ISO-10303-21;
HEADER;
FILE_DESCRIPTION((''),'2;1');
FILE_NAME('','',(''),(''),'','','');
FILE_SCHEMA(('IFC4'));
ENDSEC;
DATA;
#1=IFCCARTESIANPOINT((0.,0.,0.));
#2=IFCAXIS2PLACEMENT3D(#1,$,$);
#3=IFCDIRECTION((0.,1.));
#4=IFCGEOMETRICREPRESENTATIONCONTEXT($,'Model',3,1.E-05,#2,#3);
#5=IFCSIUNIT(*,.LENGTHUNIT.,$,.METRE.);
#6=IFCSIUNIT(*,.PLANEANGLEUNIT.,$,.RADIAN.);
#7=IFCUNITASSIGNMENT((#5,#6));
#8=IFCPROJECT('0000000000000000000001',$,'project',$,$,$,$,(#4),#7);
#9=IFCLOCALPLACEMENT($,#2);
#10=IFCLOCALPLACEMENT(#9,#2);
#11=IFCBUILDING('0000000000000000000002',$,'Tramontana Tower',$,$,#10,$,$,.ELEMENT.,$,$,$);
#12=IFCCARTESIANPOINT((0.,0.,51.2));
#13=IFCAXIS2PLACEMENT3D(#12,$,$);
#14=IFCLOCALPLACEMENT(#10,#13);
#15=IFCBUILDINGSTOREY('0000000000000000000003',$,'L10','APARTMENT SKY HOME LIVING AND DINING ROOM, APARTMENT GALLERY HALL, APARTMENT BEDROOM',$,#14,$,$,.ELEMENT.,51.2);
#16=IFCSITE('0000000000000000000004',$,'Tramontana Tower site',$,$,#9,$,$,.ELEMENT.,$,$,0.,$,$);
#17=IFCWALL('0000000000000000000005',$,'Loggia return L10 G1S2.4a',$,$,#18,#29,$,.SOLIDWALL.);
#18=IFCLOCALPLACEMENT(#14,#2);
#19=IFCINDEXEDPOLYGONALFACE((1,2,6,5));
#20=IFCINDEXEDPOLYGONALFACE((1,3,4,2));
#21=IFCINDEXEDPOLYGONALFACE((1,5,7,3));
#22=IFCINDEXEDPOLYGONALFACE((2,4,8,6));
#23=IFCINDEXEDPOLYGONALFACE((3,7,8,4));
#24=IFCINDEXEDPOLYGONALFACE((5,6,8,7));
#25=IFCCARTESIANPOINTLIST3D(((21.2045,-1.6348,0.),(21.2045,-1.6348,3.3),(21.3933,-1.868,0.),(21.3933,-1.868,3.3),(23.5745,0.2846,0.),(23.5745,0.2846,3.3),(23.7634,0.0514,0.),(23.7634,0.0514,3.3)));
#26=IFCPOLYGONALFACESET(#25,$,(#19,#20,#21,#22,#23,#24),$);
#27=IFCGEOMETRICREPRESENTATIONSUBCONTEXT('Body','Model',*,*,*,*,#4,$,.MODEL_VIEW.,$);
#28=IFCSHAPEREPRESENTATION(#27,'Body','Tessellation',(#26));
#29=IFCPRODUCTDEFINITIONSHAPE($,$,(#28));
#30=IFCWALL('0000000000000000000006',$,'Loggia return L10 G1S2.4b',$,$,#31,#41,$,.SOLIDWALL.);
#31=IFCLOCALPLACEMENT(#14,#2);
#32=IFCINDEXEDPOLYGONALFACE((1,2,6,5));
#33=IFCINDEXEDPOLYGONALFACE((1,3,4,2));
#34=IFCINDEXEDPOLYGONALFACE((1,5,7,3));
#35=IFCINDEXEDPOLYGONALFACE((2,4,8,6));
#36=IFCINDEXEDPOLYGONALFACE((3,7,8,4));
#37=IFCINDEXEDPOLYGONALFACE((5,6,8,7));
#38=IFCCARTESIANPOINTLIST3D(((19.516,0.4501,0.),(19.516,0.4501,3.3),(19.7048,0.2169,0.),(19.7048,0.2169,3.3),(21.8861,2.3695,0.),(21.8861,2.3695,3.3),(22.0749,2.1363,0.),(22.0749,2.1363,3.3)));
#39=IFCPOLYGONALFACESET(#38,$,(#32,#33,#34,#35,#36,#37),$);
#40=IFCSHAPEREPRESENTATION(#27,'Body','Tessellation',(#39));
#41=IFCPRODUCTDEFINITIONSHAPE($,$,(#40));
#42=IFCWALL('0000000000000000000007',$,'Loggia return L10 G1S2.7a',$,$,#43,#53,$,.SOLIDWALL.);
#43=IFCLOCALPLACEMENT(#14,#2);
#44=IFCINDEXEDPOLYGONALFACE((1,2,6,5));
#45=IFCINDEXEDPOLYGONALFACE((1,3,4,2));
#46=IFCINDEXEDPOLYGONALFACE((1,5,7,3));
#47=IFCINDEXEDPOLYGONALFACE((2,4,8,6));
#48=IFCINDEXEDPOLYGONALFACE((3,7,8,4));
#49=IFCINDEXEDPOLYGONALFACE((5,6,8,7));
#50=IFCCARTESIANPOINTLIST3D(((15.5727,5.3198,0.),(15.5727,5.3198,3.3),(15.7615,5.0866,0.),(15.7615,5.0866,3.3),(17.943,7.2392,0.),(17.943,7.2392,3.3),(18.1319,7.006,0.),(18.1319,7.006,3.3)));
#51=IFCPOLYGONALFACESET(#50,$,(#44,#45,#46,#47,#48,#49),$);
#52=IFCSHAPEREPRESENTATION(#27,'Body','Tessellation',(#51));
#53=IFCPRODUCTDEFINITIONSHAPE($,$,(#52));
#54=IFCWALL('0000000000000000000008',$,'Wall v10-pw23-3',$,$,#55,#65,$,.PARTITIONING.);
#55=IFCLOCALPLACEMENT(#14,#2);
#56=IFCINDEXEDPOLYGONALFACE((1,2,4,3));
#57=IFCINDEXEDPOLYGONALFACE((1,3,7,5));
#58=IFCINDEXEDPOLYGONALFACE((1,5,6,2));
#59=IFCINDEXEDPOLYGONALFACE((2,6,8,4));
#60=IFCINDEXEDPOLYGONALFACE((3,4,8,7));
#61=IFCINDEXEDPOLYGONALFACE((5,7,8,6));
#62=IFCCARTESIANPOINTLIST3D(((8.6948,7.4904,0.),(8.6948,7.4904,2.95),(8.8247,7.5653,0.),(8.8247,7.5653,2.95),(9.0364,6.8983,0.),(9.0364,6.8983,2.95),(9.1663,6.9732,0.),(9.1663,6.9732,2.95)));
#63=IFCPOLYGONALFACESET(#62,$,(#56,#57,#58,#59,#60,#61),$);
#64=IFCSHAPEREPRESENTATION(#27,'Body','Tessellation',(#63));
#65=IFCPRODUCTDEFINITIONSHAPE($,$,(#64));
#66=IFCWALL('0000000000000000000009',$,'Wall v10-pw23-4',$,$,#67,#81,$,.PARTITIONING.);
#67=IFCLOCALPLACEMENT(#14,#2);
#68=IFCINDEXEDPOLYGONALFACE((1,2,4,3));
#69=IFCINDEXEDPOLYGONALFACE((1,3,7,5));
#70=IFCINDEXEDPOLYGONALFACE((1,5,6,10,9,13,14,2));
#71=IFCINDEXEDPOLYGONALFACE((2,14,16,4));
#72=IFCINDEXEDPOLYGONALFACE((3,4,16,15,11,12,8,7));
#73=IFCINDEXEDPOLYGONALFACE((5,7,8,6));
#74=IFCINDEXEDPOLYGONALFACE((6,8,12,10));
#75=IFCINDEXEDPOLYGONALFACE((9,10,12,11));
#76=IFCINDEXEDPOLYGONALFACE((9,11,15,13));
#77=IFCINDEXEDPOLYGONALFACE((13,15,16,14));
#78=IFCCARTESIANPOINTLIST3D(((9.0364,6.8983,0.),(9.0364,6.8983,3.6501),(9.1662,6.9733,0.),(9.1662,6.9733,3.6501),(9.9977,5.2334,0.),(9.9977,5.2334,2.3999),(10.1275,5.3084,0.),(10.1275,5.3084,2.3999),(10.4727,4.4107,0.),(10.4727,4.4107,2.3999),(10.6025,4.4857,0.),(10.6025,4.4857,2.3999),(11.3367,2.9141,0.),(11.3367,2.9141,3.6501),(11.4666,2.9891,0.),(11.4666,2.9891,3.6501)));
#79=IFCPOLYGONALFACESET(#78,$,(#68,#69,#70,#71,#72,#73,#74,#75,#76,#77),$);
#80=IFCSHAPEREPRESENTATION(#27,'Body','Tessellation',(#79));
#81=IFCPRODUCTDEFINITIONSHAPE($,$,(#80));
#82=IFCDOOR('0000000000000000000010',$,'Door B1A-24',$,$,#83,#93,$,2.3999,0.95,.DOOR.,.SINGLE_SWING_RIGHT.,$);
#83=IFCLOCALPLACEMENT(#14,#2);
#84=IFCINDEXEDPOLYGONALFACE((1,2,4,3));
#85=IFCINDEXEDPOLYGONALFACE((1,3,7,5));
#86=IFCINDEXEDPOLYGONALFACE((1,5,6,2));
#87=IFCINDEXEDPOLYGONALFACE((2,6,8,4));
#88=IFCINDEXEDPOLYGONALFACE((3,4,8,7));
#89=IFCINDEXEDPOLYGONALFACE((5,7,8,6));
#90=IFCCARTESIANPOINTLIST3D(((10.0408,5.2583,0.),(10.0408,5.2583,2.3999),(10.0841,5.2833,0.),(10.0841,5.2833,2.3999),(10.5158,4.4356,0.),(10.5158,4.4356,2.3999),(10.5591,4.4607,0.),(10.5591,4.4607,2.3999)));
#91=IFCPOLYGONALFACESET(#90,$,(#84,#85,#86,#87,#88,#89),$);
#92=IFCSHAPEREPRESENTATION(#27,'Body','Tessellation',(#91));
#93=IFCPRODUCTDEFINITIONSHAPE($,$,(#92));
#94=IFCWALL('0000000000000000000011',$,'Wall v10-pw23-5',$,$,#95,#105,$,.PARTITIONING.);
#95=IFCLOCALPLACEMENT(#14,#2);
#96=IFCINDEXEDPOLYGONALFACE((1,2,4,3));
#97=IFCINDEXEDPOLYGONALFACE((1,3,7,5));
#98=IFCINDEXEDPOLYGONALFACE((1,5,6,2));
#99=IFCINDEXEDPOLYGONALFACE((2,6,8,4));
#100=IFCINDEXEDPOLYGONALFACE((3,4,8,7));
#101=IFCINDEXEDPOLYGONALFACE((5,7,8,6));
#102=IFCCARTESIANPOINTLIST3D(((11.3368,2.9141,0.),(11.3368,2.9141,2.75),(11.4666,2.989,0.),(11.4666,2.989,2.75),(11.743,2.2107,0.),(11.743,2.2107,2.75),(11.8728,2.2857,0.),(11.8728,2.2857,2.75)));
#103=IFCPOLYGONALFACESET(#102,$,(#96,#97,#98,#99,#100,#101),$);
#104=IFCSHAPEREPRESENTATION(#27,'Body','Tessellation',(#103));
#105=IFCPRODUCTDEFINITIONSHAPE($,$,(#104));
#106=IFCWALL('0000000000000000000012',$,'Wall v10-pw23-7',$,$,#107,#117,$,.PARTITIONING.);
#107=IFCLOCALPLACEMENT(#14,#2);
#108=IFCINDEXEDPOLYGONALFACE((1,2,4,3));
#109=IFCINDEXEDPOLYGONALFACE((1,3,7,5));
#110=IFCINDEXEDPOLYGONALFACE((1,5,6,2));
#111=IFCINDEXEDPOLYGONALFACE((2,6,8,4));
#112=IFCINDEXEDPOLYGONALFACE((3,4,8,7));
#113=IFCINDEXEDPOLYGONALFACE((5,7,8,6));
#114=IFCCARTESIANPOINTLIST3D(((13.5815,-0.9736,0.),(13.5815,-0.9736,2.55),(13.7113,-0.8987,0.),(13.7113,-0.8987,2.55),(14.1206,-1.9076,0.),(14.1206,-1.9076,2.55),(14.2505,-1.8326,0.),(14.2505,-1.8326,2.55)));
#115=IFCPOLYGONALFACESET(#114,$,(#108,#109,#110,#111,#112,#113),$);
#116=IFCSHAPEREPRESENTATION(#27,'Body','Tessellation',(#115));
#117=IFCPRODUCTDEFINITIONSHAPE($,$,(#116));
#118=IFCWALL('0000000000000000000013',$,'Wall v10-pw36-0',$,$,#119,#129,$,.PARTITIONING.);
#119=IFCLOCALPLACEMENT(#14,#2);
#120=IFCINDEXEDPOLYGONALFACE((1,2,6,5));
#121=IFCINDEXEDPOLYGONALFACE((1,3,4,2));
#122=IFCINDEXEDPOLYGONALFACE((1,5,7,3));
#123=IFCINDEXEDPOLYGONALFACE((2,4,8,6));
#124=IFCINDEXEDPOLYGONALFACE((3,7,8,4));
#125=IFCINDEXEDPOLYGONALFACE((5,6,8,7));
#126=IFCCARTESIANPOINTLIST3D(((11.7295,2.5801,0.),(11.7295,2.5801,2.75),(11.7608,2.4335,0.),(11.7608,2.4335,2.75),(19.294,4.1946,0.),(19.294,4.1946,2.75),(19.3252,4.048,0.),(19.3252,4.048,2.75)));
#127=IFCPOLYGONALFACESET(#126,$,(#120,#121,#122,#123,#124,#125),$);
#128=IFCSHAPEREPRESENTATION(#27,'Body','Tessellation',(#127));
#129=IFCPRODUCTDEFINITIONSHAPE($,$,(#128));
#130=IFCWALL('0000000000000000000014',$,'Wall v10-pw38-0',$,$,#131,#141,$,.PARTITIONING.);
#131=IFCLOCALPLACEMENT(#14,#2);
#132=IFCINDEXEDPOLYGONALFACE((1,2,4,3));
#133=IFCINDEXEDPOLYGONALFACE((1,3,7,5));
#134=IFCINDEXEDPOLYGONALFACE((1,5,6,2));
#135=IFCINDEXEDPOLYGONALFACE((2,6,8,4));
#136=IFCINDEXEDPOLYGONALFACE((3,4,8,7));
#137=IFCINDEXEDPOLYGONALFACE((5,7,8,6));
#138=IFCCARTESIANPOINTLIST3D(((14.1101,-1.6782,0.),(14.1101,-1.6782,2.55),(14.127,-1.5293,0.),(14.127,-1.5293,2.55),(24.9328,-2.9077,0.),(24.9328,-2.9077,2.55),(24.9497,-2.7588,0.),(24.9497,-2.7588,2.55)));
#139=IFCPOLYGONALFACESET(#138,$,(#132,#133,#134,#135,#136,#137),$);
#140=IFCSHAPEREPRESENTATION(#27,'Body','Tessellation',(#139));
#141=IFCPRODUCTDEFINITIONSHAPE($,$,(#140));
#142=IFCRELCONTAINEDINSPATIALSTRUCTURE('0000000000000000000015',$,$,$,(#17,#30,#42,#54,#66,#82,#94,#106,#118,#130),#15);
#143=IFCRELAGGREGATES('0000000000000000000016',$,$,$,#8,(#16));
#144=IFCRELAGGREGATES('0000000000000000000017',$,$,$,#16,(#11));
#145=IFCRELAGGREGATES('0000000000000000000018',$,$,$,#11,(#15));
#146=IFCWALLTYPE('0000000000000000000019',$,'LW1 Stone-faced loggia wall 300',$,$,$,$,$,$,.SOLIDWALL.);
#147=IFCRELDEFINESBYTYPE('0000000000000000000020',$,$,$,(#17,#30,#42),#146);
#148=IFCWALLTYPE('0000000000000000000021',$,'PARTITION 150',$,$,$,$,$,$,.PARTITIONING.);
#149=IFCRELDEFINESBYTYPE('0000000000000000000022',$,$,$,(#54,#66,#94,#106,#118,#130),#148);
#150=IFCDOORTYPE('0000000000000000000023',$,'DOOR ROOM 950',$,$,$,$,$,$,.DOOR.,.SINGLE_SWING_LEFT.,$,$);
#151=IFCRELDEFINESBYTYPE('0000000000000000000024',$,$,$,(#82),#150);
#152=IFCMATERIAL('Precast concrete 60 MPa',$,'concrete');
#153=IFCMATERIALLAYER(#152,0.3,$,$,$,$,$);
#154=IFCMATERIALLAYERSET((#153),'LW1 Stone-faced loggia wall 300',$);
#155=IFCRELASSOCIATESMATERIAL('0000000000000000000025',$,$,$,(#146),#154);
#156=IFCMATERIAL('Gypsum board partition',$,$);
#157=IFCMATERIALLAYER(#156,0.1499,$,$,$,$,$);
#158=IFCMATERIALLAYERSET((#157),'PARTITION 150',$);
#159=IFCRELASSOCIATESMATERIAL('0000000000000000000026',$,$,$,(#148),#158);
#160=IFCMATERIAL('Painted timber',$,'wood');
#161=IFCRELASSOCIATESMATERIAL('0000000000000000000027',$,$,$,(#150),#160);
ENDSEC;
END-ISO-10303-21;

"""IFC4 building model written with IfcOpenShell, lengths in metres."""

from ifc_helpers import new_model, si_unit, direction, frame, frame_2d, origin, place, context, subcontext, project, spatial, rectangle, extrude, material, layer, layer_set, type_object, element, fill, save


model = new_model("IFC4")

# Units and contexts
model_context = context("Model", 3, precision=1e-05, world=origin(), true_north=direction((0.0, 1.0)))
body_context = subcontext(model_context, "Body", "Model", "MODEL_VIEW")
ifc_project = project(units=[si_unit("LENGTHUNIT", "METRE"), si_unit("PLANEANGLEUNIT", "RADIAN")], contexts=[model_context])

# Site, building, storey
site_placement = place(None, origin())
site = spatial("IfcSite", under=ifc_project, at=site_placement, Name="Tramontana Tower site", CompositionType="ELEMENT", RefElevation=0.0)
building_placement = place(site_placement, origin())
building = spatial("IfcBuilding", under=site, at=building_placement, Name="Tramontana Tower", CompositionType="ELEMENT")
storey_placement = place(building_placement, frame((0.0, 0.0, 51.2)))
storey = spatial("IfcBuildingStorey", under=building, at=storey_placement, Name="L10", Description="APARTMENT SKY HOME LIVING AND DINING ROOM, APARTMENT GALLERY HALL, APARTMENT BEDROOM", CompositionType="ELEMENT", Elevation=51.2)

# Shared definitions
ifc_material_1 = material(Name="Precast concrete 60 MPa", Category="concrete")
ifc_layer_1 = layer(ifc_material_1, 0.3)
ifc_layer_set_1 = layer_set([ifc_layer_1], Name="LW1 Stone-faced loggia wall 300")
wall_type_1 = type_object("IfcWallType", Name="LW1 Stone-faced loggia wall 300", PredefinedType="SOLIDWALL", material=ifc_layer_set_1)

# Walls
for number, where, z_axis, x_axis, name in (
    (1, (23.6689, 0.168, 0.0), (0.0, 0.0, 1.0), (-0.777122, -0.62935, 0.0), "Loggia return L10 G1S2.4a"),
    (2, (21.9805, 2.2529, 0.0), (0.0, 0.0, 1.0), (-0.777122, -0.62935, 0.0), "Loggia return L10 G1S2.4b"),
):
    element("IfcWall", number, at=place(storey_placement, frame(where, z_axis=z_axis, x_axis=x_axis)), inside=storey, type_object=wall_type_1, Name=name, PredefinedType="SOLIDWALL", context=body_context, shape_type="SweptSolid", body=[
        extrude(rectangle(XDim=3.0498, YDim=0.3, at=frame_2d((1.5249, 0.0))), origin(), (0.0, 0.0, 1.0), 3.3),
    ])

# Walls
wall_1_placement = place(storey_placement, frame((18.0374, 7.1226, 0.0), z_axis=(0.0, 0.0, 1.0), x_axis=(-0.777154, -0.629311, 0.0)))
element("IfcWall", 3, at=wall_1_placement, inside=storey, type_object=wall_type_1, Name="Loggia return L10 G1S2.7a", PredefinedType="SOLIDWALL", context=body_context, shape_type="SweptSolid", body=[
    extrude(rectangle(XDim=3.05, YDim=0.3, at=frame_2d((1.5249, 0.0))), origin(), (0.0, 0.0, 1.0), 3.3),
])
ifc_material_2 = material(Name="Gypsum board partition")
ifc_layer_2 = layer(ifc_material_2, 0.1499)
ifc_layer_set_2 = layer_set([ifc_layer_2], Name="PARTITION 150")
wall_type_2 = type_object("IfcWallType", Name="PARTITION 150", PredefinedType="PARTITIONING", material=ifc_layer_set_2)
wall_2_placement = place(storey_placement, frame((8.7598, 7.5278, 0.0), z_axis=(0.0, 0.0, 1.0), x_axis=(0.499712, -0.866192, 0.0)))
element("IfcWall", 4, at=wall_2_placement, inside=storey, type_object=wall_type_2, Name="Wall v10-pw23-3", PredefinedType="PARTITIONING", context=body_context, shape_type="SweptSolid", body=[
    extrude(rectangle(XDim=0.6836, YDim=0.1499, at=frame_2d((0.3418, 0.0))), origin(), (0.0, 0.0, 1.0), 2.95),
])

# Wall, opening, door
wall_3_placement = place(storey_placement, frame((9.1013, 6.9358, 0.0), z_axis=(0.0, 0.0, 1.0), x_axis=(0.500009, -0.86602, 0.0)))
wall_3 = element("IfcWall", 5, at=wall_3_placement, inside=storey, type_object=wall_type_2, Name="Wall v10-pw23-4", PredefinedType="PARTITIONING", context=body_context, shape_type="SweptSolid", body=[
    extrude(rectangle(XDim=4.6006, YDim=0.1499, at=frame_2d((2.3003, 0.0))), origin(), (0.0, 0.0, 1.0), 3.6501),
])
opening_1_placement = place(wall_3_placement, frame((1.9224, 0.0, 0.0)))
opening_1 = element("IfcOpeningElement", 6, at=opening_1_placement, cuts=wall_3, PredefinedType="OPENING", context=body_context, shape_type="SweptSolid", body=[
    extrude(rectangle(XDim=0.95, YDim=2.3999, at=frame_2d((0.4751, 1.2))), frame((0.0, 0.085, 0.0), z_axis=(0.0, -1.0, 0.0), x_axis=(1.0, 0.0, 0.0)), (0.0, 0.0, 1.0), 0.1699),
])
ifc_material_3 = material(Name="Painted timber", Category="wood")
door_type_1 = type_object("IfcDoorType", Name="DOOR ROOM 950", OperationType="SINGLE_SWING_LEFT", PredefinedType="DOOR", material=ifc_material_3)
door_1_placement = place(opening_1_placement, origin())
door_1 = element("IfcDoor", 7, at=door_1_placement, inside=storey, type_object=door_type_1, Name="Door B1A-24", OperationType="SINGLE_SWING_RIGHT", OverallHeight=2.3999, OverallWidth=0.95, PredefinedType="DOOR", context=body_context, shape_type="SweptSolid", body=[
    extrude(rectangle(XDim=0.95, YDim=2.3999, at=frame_2d((0.4751, 1.2))), frame((0.0, 0.0249, 0.0), z_axis=(0.0, -1.0, 0.0), x_axis=(1.0, 0.0, 0.0)), (0.0, 0.0, 1.0), 0.05),
])
fill(opening_1, door_1)

# Wall
wall_4_placement = place(storey_placement, frame((11.4016, 2.9517, 0.0), z_axis=(0.0, 0.0, 1.0), x_axis=(0.500147, -0.86594, 0.0)))
element("IfcWall", 8, at=wall_4_placement, inside=storey, type_object=wall_type_2, Name="Wall v10-pw23-5", PredefinedType="PARTITIONING", context=body_context, shape_type="SweptSolid", body=[
    extrude(rectangle(XDim=0.8123, YDim=0.1499, at=frame_2d((0.4062, 0.0))), origin(), (0.0, 0.0, 1.0), 2.75),
])

# Wall
wall_5_placement = place(storey_placement, frame((13.6465, -0.9363, 0.0), z_axis=(0.0, 0.0, 1.0), x_axis=(0.499938, -0.866061, 0.0)))
element("IfcWall", 9, at=wall_5_placement, inside=storey, type_object=wall_type_2, Name="Wall v10-pw23-7", PredefinedType="PARTITIONING", context=body_context, shape_type="SweptSolid", body=[
    extrude(rectangle(XDim=1.0784, YDim=0.1499, at=frame_2d((0.5391, 0.0))), origin(), (0.0, 0.0, 1.0), 2.55),
])

# Walls
wall_6_placement = place(storey_placement, frame((11.7451, 2.5068, 0.0), z_axis=(0.0, 0.0, 1.0), x_axis=(0.977973, 0.208731, 0.0)))
element("IfcWall", 10, at=wall_6_placement, inside=storey, type_object=wall_type_2, Name="Wall v10-pw36-0", PredefinedType="PARTITIONING", context=body_context, shape_type="SweptSolid", body=[
    extrude(rectangle(XDim=7.7349, YDim=0.1499, at=frame_2d((3.8674, 0.0))), origin(), (0.0, 0.0, 1.0), 2.75),
])
wall_7_placement = place(storey_placement, frame((14.1184, -1.6038, 0.0), z_axis=(0.0, 0.0, 1.0), x_axis=(0.993609, -0.112876, 0.0)))
element("IfcWall", 11, at=wall_7_placement, inside=storey, type_object=wall_type_2, Name="Wall v10-pw38-0", PredefinedType="PARTITIONING", context=body_context, shape_type="SweptSolid", body=[
    extrude(rectangle(XDim=10.8923, YDim=0.1499, at=frame_2d((5.4463, 0.0))), origin(), (0.0, 0.0, 1.0), 2.55),
])

save(model, "model.ifc")
